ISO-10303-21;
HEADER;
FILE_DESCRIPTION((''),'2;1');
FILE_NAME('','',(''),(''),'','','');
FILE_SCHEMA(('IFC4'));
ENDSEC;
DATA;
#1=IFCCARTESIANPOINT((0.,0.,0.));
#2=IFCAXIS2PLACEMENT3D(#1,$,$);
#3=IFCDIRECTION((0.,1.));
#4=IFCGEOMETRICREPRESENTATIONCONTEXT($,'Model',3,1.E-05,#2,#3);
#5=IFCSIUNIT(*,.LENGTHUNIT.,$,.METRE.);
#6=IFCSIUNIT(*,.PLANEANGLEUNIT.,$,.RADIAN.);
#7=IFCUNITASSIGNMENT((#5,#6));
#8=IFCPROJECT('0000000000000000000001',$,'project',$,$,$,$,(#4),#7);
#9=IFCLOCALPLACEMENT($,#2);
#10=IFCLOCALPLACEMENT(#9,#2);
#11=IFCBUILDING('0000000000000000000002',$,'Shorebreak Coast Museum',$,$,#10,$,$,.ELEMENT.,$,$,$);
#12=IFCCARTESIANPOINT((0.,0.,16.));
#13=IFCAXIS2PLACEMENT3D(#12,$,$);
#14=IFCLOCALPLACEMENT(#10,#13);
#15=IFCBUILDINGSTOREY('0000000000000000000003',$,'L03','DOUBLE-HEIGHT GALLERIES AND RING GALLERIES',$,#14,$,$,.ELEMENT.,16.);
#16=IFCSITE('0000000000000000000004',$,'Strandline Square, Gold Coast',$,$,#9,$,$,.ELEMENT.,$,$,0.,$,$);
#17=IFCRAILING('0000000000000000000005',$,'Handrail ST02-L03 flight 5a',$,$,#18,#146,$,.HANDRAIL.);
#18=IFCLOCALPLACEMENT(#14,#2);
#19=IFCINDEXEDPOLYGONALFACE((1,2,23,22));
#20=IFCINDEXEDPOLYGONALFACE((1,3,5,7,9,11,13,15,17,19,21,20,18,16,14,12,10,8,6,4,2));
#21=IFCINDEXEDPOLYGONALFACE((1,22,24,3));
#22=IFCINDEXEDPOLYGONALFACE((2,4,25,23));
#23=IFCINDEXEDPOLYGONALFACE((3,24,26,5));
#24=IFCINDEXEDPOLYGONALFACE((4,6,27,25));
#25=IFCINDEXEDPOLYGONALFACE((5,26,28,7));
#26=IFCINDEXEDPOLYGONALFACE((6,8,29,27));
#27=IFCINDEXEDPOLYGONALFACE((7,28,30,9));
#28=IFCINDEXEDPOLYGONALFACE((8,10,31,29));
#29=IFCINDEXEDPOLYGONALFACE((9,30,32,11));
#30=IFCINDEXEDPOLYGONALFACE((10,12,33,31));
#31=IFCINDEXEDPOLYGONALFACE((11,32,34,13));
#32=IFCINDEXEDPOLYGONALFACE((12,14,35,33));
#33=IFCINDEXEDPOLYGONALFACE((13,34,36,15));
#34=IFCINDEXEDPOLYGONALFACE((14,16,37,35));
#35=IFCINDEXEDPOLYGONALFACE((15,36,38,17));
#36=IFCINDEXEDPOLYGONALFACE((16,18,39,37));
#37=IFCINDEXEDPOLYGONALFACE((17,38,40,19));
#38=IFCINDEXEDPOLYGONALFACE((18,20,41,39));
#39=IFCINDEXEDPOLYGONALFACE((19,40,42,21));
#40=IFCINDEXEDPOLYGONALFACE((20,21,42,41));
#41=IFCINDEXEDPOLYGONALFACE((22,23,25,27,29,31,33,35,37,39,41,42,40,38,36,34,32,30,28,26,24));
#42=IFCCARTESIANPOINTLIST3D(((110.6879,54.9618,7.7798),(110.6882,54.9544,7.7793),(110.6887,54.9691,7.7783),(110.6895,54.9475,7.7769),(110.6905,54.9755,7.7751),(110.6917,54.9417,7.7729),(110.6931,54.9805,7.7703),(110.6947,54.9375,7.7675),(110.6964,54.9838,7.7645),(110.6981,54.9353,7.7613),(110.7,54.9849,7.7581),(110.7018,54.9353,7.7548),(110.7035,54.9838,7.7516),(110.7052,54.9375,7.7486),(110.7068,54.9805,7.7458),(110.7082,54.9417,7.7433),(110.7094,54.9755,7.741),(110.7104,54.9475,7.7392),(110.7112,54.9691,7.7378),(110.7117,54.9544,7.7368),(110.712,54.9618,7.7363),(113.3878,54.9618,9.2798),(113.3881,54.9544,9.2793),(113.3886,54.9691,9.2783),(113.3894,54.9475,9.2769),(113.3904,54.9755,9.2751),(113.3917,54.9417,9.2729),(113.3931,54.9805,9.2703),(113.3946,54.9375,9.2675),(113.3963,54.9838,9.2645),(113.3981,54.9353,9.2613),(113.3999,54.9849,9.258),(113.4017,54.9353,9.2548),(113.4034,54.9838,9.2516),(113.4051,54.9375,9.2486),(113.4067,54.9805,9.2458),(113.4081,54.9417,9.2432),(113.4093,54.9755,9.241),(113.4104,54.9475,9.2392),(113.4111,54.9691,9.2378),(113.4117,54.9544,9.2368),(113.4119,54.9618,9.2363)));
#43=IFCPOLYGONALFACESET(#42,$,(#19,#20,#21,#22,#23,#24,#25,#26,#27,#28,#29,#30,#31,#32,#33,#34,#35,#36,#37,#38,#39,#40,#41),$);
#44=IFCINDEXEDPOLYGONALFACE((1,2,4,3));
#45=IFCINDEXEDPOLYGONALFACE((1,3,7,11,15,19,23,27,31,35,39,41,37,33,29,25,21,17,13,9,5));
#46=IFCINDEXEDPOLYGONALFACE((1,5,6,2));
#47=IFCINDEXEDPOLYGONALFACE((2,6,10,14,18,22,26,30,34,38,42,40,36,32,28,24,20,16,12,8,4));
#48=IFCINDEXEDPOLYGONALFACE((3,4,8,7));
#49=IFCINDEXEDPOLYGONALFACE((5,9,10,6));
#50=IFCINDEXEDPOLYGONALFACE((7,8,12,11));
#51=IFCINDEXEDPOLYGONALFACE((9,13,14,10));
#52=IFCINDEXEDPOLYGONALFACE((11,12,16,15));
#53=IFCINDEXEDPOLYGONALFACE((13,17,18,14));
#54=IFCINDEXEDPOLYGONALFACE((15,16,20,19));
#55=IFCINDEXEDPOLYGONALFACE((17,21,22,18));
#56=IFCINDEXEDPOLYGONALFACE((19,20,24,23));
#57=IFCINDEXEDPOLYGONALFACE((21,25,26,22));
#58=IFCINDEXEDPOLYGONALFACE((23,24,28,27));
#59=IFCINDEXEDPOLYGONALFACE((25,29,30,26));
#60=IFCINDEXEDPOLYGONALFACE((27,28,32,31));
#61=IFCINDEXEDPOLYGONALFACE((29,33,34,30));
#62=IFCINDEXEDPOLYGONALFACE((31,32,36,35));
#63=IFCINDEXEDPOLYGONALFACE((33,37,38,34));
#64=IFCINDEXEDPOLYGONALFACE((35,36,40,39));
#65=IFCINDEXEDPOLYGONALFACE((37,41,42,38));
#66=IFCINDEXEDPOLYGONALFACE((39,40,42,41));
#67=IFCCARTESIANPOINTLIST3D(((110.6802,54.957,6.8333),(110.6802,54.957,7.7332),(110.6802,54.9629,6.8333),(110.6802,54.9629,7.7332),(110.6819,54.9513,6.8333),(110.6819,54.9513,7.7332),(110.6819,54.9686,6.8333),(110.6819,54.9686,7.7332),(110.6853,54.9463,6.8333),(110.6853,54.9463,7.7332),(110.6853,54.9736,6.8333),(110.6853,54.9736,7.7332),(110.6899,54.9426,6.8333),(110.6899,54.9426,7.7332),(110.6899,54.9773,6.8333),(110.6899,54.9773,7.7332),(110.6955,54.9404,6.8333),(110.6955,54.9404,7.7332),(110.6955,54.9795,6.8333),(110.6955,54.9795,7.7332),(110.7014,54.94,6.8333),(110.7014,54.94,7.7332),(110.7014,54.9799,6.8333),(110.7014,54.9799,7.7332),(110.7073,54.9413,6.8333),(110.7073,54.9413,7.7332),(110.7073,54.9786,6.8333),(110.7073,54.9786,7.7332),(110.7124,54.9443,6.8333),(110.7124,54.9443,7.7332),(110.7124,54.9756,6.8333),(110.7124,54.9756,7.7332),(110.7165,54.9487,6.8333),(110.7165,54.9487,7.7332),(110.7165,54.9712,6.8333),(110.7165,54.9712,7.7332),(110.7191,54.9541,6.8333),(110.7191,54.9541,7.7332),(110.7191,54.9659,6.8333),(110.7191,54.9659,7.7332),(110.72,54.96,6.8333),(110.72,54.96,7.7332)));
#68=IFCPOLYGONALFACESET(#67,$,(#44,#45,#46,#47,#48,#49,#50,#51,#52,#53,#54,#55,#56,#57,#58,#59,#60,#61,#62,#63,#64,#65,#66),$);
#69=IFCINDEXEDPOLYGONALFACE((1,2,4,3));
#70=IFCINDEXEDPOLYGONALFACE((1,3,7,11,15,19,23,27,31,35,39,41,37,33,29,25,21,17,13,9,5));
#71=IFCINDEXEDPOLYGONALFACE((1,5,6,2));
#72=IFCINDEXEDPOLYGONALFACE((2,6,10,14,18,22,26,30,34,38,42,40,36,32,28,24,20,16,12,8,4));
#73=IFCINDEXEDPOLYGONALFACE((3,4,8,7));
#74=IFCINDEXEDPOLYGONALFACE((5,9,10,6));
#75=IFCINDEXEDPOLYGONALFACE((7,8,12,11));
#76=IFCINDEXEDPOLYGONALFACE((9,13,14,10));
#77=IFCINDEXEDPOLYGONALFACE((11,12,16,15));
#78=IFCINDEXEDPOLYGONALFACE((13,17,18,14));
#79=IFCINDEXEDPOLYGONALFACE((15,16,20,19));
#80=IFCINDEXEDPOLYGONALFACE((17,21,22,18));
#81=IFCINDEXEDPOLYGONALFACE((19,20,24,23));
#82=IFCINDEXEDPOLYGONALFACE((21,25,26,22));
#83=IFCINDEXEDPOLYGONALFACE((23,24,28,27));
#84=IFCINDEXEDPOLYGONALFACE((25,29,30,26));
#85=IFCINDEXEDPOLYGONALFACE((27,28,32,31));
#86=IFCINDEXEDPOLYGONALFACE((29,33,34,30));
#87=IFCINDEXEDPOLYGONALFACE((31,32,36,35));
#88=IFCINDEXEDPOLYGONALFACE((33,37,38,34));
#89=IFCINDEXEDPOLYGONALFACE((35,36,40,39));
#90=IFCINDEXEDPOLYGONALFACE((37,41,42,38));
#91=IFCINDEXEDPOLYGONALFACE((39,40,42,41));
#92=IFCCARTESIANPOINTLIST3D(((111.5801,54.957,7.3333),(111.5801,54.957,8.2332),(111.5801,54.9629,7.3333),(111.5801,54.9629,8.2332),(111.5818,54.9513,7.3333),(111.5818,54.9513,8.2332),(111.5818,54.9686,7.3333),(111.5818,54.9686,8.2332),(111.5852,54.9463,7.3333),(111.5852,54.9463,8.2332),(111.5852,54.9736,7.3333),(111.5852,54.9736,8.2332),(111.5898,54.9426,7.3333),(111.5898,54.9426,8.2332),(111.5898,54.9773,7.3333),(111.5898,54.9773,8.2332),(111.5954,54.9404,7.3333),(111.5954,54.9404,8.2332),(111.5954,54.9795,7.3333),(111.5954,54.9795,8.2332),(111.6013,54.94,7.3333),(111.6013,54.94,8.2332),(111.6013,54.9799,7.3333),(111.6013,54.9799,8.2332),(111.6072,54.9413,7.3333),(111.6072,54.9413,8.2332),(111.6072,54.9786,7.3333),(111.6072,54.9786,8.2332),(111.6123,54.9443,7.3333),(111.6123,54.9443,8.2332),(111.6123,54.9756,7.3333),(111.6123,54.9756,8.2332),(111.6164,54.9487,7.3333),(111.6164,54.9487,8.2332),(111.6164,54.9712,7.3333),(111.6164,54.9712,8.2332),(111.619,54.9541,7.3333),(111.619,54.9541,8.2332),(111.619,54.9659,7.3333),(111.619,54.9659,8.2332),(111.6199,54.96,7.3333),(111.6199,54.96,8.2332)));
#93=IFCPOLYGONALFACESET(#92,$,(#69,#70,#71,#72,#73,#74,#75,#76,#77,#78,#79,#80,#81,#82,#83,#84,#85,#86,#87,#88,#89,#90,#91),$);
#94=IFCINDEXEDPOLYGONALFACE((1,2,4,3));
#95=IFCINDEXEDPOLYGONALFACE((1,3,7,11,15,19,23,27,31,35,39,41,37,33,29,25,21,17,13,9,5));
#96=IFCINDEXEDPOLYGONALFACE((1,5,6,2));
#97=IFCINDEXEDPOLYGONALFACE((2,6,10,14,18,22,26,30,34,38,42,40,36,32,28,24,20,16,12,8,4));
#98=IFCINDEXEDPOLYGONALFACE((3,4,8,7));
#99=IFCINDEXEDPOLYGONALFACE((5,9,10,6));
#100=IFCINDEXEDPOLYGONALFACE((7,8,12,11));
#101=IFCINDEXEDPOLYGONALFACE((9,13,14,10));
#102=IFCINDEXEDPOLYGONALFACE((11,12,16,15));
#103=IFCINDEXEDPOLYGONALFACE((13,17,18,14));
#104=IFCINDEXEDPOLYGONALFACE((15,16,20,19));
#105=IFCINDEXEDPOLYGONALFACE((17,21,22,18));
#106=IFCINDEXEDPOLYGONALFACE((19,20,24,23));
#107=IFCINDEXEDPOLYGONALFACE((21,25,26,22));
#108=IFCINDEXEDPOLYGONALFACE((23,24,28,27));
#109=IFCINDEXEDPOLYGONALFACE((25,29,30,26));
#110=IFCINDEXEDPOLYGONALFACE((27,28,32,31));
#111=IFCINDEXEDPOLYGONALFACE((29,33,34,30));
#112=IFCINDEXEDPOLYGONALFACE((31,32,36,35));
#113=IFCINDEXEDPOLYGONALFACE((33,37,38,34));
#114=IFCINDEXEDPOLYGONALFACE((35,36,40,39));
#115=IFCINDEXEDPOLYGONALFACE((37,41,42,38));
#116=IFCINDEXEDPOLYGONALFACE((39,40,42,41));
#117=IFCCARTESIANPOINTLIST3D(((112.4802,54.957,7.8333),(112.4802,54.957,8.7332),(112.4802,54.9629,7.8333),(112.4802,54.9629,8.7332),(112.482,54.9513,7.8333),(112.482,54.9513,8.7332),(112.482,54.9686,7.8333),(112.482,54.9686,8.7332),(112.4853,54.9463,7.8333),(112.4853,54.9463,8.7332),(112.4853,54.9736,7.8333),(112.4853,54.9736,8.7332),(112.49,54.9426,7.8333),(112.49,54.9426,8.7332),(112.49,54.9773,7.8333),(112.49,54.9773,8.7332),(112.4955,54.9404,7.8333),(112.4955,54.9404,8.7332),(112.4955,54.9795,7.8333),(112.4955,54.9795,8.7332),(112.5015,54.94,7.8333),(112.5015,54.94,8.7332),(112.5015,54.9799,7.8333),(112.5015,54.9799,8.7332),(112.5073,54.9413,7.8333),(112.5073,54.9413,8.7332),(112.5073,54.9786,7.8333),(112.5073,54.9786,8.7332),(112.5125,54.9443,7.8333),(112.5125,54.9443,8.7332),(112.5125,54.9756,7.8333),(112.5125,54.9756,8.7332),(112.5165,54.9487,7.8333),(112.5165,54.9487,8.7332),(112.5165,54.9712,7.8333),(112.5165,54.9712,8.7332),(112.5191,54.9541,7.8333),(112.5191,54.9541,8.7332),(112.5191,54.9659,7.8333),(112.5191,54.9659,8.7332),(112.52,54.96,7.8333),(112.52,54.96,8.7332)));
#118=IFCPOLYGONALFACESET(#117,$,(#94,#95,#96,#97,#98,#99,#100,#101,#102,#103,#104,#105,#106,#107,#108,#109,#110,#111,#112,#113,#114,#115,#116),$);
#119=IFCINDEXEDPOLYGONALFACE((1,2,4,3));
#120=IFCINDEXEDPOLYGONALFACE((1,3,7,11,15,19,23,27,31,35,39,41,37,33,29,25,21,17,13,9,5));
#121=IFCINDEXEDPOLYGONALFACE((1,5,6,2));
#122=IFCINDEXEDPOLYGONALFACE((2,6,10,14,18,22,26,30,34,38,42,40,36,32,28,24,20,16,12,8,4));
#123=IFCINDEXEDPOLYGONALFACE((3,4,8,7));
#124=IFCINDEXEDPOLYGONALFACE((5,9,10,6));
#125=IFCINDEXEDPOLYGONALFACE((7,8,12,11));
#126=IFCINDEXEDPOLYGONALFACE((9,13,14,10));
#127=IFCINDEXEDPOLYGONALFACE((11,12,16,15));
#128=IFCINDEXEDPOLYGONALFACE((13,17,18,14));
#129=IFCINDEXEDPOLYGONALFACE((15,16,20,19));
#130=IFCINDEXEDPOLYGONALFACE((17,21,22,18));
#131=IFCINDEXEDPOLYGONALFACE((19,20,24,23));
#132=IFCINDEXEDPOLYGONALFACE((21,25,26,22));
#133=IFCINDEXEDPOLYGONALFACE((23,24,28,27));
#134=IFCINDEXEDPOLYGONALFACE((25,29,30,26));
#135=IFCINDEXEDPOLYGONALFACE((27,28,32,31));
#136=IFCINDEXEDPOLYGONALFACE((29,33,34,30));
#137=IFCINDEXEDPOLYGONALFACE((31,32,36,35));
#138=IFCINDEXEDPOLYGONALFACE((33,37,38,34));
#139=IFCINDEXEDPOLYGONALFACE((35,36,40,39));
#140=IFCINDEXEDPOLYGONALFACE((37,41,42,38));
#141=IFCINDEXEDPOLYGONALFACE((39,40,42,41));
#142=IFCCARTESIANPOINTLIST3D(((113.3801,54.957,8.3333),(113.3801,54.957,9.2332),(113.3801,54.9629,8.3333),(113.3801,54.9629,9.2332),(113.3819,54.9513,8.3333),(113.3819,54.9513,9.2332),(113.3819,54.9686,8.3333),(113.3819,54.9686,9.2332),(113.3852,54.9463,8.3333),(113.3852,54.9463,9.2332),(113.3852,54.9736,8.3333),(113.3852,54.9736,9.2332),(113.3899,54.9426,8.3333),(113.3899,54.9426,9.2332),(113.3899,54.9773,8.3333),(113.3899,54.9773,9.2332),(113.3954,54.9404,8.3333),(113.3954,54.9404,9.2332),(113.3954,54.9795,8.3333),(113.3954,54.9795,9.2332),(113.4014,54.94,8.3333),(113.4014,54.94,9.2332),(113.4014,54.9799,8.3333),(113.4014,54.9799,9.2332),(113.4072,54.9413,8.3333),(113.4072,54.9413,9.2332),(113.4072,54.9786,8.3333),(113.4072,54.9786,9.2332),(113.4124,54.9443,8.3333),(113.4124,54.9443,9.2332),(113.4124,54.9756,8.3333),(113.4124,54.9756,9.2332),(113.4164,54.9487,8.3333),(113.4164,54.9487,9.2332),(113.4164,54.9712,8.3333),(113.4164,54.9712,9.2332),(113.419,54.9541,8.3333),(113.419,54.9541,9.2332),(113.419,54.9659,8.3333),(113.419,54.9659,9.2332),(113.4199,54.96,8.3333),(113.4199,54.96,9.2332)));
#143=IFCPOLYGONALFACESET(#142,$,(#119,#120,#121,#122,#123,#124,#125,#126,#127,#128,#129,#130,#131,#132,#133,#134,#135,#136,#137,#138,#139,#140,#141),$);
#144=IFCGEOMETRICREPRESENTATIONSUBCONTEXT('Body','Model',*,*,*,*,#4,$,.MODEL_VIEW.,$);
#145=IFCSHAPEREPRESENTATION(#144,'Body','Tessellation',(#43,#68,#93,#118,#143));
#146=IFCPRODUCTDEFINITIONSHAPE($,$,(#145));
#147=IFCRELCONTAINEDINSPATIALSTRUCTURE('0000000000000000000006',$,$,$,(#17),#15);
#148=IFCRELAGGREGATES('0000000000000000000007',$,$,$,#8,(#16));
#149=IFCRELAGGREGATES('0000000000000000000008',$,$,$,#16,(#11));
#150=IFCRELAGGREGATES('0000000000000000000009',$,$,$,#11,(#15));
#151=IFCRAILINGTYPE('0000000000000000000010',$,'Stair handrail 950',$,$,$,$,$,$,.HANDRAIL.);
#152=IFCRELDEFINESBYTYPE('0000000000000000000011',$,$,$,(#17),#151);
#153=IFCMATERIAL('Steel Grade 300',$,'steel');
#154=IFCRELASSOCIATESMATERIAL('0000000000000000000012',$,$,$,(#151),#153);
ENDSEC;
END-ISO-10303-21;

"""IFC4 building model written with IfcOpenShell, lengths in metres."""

from ifc_helpers import new_model, si_unit, direction, frame, origin, origin_2d, place, context, subcontext, project, spatial, circle, extrude, material, type_object, element, save


model = new_model("IFC4")

# Units and contexts
model_context = context("Model", 3, precision=1e-05, world=origin(), true_north=direction((0.0, 1.0)))
body_context = subcontext(model_context, "Body", "Model", "MODEL_VIEW")
ifc_project = project(units=[si_unit("LENGTHUNIT", "METRE"), si_unit("PLANEANGLEUNIT", "RADIAN")], contexts=[model_context])

# Site, building, storey
site_placement = place(None, origin())
site = spatial("IfcSite", under=ifc_project, at=site_placement, Name="Strandline Square, Gold Coast", CompositionType="ELEMENT", RefElevation=0.0)
building_placement = place(site_placement, origin())
building = spatial("IfcBuilding", under=site, at=building_placement, Name="Shorebreak Coast Museum", CompositionType="ELEMENT")
storey_placement = place(building_placement, frame((0.0, 0.0, 16.0)))
storey = spatial("IfcBuildingStorey", under=building, at=storey_placement, Name="L03", Description="DOUBLE-HEIGHT GALLERIES AND RING GALLERIES", CompositionType="ELEMENT", Elevation=16.0)

# Railing
ifc_material_1 = material(Name="Steel Grade 300", Category="steel")
railing_type_1 = type_object("IfcRailingType", Name="Stair handrail 950", PredefinedType="HANDRAIL", material=ifc_material_1)
for number, where, name in (
    (1, (110.7, 54.96, 6.8333), "Handrail ST02-L03 flight 5a"),
):
    element("IfcRailing", number, at=place(storey_placement, frame(where)), inside=storey, type_object=railing_type_1, Name=name, PredefinedType="HANDRAIL", context=body_context, shape_type="SweptSolid", body=[
        extrude(circle(Radius=0.0249, at=origin_2d()), frame((0.0, 0.0, 0.9248), z_axis=(0.874154, 0.0, 0.48565), x_axis=(0.0, 1.0, 0.0)), (0.0, 0.0, 1.0), 3.0886),
        extrude(circle(Radius=0.02, at=origin_2d()), origin(), (0.0, 0.0, 1.0), 0.8999),
        extrude(circle(Radius=0.02, at=origin_2d()), frame((0.8999, 0.0, 0.5)), (0.0, 0.0, 1.0), 0.8999),
        extrude(circle(Radius=0.02, at=origin_2d()), frame((1.8, 0.0, 1.0)), (0.0, 0.0, 1.0), 0.8999),
        extrude(circle(Radius=0.02, at=origin_2d()), frame((2.7, 0.0, 1.5)), (0.0, 0.0, 1.0), 0.8999),
    ])

save(model, "model.ifc")
